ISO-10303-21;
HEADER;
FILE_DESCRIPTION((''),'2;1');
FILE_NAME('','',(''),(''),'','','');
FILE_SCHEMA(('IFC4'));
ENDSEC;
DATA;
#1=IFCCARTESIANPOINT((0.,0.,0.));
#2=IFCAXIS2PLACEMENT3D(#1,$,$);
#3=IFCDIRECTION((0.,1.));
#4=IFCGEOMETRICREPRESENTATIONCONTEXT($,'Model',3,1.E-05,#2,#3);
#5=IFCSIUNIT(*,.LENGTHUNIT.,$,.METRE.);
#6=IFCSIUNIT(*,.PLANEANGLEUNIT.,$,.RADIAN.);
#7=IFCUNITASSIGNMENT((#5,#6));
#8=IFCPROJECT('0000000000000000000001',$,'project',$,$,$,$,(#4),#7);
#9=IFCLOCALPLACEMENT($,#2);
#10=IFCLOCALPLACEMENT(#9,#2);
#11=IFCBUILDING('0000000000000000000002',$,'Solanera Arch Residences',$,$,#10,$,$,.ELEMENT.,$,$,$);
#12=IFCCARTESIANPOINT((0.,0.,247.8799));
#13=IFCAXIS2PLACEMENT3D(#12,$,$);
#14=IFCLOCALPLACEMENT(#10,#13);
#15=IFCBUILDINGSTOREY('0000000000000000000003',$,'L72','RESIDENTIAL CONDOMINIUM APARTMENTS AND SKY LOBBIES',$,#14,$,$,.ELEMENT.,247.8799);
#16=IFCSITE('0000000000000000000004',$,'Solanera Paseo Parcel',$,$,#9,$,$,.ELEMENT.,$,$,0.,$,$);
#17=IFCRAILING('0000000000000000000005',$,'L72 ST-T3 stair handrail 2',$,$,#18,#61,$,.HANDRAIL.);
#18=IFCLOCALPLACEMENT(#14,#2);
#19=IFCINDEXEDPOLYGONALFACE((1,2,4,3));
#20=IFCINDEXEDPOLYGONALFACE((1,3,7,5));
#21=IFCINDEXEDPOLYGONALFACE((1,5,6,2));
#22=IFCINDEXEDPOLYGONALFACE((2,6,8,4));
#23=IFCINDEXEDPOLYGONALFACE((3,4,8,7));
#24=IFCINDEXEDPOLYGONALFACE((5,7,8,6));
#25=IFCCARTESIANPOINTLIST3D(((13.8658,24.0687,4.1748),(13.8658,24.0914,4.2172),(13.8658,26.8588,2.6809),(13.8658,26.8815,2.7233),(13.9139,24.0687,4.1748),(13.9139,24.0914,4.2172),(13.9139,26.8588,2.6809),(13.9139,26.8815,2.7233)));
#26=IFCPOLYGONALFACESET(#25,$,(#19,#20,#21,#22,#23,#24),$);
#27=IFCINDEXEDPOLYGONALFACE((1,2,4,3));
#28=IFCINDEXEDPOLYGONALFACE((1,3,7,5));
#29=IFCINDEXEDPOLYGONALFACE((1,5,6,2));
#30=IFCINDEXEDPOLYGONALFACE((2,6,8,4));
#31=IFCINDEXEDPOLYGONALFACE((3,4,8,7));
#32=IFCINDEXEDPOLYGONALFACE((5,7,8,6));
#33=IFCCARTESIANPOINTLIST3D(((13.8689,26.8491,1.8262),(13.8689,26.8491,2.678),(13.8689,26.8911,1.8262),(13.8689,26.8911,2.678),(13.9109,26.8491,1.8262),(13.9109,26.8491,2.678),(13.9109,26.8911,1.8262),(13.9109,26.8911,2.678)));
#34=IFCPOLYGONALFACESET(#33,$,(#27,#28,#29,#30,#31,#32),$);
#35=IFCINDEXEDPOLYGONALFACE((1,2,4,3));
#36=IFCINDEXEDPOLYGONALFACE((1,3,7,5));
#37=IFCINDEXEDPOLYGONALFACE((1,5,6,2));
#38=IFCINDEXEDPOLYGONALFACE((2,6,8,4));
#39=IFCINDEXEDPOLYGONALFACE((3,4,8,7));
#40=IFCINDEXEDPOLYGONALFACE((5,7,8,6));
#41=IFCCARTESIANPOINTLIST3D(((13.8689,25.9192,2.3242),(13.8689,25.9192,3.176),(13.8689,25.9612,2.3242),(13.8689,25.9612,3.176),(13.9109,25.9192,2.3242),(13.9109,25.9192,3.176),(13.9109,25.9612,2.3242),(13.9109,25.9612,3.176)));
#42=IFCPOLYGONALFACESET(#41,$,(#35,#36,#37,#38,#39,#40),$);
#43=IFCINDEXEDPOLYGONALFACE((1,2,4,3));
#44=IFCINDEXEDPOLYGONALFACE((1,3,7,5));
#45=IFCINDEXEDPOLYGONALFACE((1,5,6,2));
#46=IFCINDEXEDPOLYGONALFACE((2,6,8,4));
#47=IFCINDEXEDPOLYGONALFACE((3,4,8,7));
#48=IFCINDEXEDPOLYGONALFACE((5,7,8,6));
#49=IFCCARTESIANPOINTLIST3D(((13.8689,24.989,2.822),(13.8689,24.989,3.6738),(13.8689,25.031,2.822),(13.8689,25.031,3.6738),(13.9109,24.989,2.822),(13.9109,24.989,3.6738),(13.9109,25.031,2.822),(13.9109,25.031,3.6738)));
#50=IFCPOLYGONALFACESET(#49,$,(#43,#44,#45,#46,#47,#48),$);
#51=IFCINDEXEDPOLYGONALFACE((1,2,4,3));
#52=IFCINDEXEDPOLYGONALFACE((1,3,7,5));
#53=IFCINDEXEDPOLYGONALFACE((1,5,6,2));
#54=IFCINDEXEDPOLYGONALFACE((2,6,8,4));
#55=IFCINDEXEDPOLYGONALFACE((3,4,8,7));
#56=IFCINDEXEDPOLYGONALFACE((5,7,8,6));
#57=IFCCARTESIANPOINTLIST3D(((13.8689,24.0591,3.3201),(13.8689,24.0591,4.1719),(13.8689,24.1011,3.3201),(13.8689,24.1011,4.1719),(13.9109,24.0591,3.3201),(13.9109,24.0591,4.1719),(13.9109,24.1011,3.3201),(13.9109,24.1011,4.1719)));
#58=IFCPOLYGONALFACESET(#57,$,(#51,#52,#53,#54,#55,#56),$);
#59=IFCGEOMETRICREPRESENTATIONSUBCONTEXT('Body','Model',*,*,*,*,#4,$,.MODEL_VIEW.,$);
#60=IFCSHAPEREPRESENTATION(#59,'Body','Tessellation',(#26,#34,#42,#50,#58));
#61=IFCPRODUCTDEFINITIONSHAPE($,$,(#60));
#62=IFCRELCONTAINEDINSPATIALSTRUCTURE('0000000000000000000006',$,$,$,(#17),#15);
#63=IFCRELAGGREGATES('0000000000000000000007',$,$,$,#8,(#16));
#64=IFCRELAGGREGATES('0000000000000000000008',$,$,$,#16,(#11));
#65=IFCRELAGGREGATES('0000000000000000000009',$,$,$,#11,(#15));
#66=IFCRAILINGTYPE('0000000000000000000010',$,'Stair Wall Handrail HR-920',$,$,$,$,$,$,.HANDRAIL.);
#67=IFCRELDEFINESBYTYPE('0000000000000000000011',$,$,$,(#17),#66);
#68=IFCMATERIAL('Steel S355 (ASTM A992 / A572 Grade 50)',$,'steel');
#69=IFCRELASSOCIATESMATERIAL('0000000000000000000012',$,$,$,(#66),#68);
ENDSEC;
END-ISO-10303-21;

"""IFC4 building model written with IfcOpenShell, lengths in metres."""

from ifc_helpers import new_model, si_unit, direction, frame, origin, origin_2d, place, context, subcontext, project, spatial, rectangle, extrude, material, type_object, element, save


model = new_model("IFC4")

# Units and contexts
model_context = context("Model", 3, precision=1e-05, world=origin(), true_north=direction((0.0, 1.0)))
body_context = subcontext(model_context, "Body", "Model", "MODEL_VIEW")
ifc_project = project(units=[si_unit("LENGTHUNIT", "METRE"), si_unit("PLANEANGLEUNIT", "RADIAN")], contexts=[model_context])

# Site, building, storey
site_placement = place(None, origin())
site = spatial("IfcSite", under=ifc_project, at=site_placement, Name="Solanera Paseo Parcel", CompositionType="ELEMENT", RefElevation=0.0)
building_placement = place(site_placement, origin())
building = spatial("IfcBuilding", under=site, at=building_placement, Name="Solanera Arch Residences", CompositionType="ELEMENT")
storey_placement = place(building_placement, frame((0.0, 0.0, 247.8799)))
storey = spatial("IfcBuildingStorey", under=building, at=storey_placement, Name="L72", Description="RESIDENTIAL CONDOMINIUM APARTMENTS AND SKY LOBBIES", CompositionType="ELEMENT", Elevation=247.8799)

# Railing
ifc_material_1 = material(Name="Steel S355 (ASTM A992 / A572 Grade 50)", Category="steel")
railing_type_1 = type_object("IfcRailingType", Name="Stair Wall Handrail HR-920", PredefinedType="HANDRAIL", material=ifc_material_1)
railing_1_placement = place(storey_placement, frame((13.8899, 26.8701, 1.8262)))
element("IfcRailing", 1, at=railing_1_placement, inside=storey, type_object=railing_type_1, Name="L72 ST-T3 stair handrail 2", PredefinedType="HANDRAIL", context=body_context, shape_type="SweptSolid", body=[
    extrude(rectangle(XDim=0.0481, YDim=0.0481, at=origin_2d()), frame((0.0, 0.0, 0.876), z_axis=(0.0, -0.881581, 0.472033), x_axis=(1.0, 0.0, 0.0)), (0.0, 0.0, 1.0), 3.1648),
    extrude(rectangle(XDim=0.042, YDim=0.042, at=origin_2d()), origin(), (0.0, 0.0, 1.0), 0.8518),
    extrude(rectangle(XDim=0.042, YDim=0.042, at=origin_2d()), frame((0.0, -0.9299, 0.498)), (0.0, 0.0, 1.0), 0.8518),
    extrude(rectangle(XDim=0.042, YDim=0.042, at=origin_2d()), frame((0.0, -1.8601, 0.9958)), (0.0, 0.0, 1.0), 0.8518),
    extrude(rectangle(XDim=0.042, YDim=0.042, at=origin_2d()), frame((0.0, -2.79, 1.4939)), (0.0, 0.0, 1.0), 0.8518),
])

save(model, "model.ifc")
